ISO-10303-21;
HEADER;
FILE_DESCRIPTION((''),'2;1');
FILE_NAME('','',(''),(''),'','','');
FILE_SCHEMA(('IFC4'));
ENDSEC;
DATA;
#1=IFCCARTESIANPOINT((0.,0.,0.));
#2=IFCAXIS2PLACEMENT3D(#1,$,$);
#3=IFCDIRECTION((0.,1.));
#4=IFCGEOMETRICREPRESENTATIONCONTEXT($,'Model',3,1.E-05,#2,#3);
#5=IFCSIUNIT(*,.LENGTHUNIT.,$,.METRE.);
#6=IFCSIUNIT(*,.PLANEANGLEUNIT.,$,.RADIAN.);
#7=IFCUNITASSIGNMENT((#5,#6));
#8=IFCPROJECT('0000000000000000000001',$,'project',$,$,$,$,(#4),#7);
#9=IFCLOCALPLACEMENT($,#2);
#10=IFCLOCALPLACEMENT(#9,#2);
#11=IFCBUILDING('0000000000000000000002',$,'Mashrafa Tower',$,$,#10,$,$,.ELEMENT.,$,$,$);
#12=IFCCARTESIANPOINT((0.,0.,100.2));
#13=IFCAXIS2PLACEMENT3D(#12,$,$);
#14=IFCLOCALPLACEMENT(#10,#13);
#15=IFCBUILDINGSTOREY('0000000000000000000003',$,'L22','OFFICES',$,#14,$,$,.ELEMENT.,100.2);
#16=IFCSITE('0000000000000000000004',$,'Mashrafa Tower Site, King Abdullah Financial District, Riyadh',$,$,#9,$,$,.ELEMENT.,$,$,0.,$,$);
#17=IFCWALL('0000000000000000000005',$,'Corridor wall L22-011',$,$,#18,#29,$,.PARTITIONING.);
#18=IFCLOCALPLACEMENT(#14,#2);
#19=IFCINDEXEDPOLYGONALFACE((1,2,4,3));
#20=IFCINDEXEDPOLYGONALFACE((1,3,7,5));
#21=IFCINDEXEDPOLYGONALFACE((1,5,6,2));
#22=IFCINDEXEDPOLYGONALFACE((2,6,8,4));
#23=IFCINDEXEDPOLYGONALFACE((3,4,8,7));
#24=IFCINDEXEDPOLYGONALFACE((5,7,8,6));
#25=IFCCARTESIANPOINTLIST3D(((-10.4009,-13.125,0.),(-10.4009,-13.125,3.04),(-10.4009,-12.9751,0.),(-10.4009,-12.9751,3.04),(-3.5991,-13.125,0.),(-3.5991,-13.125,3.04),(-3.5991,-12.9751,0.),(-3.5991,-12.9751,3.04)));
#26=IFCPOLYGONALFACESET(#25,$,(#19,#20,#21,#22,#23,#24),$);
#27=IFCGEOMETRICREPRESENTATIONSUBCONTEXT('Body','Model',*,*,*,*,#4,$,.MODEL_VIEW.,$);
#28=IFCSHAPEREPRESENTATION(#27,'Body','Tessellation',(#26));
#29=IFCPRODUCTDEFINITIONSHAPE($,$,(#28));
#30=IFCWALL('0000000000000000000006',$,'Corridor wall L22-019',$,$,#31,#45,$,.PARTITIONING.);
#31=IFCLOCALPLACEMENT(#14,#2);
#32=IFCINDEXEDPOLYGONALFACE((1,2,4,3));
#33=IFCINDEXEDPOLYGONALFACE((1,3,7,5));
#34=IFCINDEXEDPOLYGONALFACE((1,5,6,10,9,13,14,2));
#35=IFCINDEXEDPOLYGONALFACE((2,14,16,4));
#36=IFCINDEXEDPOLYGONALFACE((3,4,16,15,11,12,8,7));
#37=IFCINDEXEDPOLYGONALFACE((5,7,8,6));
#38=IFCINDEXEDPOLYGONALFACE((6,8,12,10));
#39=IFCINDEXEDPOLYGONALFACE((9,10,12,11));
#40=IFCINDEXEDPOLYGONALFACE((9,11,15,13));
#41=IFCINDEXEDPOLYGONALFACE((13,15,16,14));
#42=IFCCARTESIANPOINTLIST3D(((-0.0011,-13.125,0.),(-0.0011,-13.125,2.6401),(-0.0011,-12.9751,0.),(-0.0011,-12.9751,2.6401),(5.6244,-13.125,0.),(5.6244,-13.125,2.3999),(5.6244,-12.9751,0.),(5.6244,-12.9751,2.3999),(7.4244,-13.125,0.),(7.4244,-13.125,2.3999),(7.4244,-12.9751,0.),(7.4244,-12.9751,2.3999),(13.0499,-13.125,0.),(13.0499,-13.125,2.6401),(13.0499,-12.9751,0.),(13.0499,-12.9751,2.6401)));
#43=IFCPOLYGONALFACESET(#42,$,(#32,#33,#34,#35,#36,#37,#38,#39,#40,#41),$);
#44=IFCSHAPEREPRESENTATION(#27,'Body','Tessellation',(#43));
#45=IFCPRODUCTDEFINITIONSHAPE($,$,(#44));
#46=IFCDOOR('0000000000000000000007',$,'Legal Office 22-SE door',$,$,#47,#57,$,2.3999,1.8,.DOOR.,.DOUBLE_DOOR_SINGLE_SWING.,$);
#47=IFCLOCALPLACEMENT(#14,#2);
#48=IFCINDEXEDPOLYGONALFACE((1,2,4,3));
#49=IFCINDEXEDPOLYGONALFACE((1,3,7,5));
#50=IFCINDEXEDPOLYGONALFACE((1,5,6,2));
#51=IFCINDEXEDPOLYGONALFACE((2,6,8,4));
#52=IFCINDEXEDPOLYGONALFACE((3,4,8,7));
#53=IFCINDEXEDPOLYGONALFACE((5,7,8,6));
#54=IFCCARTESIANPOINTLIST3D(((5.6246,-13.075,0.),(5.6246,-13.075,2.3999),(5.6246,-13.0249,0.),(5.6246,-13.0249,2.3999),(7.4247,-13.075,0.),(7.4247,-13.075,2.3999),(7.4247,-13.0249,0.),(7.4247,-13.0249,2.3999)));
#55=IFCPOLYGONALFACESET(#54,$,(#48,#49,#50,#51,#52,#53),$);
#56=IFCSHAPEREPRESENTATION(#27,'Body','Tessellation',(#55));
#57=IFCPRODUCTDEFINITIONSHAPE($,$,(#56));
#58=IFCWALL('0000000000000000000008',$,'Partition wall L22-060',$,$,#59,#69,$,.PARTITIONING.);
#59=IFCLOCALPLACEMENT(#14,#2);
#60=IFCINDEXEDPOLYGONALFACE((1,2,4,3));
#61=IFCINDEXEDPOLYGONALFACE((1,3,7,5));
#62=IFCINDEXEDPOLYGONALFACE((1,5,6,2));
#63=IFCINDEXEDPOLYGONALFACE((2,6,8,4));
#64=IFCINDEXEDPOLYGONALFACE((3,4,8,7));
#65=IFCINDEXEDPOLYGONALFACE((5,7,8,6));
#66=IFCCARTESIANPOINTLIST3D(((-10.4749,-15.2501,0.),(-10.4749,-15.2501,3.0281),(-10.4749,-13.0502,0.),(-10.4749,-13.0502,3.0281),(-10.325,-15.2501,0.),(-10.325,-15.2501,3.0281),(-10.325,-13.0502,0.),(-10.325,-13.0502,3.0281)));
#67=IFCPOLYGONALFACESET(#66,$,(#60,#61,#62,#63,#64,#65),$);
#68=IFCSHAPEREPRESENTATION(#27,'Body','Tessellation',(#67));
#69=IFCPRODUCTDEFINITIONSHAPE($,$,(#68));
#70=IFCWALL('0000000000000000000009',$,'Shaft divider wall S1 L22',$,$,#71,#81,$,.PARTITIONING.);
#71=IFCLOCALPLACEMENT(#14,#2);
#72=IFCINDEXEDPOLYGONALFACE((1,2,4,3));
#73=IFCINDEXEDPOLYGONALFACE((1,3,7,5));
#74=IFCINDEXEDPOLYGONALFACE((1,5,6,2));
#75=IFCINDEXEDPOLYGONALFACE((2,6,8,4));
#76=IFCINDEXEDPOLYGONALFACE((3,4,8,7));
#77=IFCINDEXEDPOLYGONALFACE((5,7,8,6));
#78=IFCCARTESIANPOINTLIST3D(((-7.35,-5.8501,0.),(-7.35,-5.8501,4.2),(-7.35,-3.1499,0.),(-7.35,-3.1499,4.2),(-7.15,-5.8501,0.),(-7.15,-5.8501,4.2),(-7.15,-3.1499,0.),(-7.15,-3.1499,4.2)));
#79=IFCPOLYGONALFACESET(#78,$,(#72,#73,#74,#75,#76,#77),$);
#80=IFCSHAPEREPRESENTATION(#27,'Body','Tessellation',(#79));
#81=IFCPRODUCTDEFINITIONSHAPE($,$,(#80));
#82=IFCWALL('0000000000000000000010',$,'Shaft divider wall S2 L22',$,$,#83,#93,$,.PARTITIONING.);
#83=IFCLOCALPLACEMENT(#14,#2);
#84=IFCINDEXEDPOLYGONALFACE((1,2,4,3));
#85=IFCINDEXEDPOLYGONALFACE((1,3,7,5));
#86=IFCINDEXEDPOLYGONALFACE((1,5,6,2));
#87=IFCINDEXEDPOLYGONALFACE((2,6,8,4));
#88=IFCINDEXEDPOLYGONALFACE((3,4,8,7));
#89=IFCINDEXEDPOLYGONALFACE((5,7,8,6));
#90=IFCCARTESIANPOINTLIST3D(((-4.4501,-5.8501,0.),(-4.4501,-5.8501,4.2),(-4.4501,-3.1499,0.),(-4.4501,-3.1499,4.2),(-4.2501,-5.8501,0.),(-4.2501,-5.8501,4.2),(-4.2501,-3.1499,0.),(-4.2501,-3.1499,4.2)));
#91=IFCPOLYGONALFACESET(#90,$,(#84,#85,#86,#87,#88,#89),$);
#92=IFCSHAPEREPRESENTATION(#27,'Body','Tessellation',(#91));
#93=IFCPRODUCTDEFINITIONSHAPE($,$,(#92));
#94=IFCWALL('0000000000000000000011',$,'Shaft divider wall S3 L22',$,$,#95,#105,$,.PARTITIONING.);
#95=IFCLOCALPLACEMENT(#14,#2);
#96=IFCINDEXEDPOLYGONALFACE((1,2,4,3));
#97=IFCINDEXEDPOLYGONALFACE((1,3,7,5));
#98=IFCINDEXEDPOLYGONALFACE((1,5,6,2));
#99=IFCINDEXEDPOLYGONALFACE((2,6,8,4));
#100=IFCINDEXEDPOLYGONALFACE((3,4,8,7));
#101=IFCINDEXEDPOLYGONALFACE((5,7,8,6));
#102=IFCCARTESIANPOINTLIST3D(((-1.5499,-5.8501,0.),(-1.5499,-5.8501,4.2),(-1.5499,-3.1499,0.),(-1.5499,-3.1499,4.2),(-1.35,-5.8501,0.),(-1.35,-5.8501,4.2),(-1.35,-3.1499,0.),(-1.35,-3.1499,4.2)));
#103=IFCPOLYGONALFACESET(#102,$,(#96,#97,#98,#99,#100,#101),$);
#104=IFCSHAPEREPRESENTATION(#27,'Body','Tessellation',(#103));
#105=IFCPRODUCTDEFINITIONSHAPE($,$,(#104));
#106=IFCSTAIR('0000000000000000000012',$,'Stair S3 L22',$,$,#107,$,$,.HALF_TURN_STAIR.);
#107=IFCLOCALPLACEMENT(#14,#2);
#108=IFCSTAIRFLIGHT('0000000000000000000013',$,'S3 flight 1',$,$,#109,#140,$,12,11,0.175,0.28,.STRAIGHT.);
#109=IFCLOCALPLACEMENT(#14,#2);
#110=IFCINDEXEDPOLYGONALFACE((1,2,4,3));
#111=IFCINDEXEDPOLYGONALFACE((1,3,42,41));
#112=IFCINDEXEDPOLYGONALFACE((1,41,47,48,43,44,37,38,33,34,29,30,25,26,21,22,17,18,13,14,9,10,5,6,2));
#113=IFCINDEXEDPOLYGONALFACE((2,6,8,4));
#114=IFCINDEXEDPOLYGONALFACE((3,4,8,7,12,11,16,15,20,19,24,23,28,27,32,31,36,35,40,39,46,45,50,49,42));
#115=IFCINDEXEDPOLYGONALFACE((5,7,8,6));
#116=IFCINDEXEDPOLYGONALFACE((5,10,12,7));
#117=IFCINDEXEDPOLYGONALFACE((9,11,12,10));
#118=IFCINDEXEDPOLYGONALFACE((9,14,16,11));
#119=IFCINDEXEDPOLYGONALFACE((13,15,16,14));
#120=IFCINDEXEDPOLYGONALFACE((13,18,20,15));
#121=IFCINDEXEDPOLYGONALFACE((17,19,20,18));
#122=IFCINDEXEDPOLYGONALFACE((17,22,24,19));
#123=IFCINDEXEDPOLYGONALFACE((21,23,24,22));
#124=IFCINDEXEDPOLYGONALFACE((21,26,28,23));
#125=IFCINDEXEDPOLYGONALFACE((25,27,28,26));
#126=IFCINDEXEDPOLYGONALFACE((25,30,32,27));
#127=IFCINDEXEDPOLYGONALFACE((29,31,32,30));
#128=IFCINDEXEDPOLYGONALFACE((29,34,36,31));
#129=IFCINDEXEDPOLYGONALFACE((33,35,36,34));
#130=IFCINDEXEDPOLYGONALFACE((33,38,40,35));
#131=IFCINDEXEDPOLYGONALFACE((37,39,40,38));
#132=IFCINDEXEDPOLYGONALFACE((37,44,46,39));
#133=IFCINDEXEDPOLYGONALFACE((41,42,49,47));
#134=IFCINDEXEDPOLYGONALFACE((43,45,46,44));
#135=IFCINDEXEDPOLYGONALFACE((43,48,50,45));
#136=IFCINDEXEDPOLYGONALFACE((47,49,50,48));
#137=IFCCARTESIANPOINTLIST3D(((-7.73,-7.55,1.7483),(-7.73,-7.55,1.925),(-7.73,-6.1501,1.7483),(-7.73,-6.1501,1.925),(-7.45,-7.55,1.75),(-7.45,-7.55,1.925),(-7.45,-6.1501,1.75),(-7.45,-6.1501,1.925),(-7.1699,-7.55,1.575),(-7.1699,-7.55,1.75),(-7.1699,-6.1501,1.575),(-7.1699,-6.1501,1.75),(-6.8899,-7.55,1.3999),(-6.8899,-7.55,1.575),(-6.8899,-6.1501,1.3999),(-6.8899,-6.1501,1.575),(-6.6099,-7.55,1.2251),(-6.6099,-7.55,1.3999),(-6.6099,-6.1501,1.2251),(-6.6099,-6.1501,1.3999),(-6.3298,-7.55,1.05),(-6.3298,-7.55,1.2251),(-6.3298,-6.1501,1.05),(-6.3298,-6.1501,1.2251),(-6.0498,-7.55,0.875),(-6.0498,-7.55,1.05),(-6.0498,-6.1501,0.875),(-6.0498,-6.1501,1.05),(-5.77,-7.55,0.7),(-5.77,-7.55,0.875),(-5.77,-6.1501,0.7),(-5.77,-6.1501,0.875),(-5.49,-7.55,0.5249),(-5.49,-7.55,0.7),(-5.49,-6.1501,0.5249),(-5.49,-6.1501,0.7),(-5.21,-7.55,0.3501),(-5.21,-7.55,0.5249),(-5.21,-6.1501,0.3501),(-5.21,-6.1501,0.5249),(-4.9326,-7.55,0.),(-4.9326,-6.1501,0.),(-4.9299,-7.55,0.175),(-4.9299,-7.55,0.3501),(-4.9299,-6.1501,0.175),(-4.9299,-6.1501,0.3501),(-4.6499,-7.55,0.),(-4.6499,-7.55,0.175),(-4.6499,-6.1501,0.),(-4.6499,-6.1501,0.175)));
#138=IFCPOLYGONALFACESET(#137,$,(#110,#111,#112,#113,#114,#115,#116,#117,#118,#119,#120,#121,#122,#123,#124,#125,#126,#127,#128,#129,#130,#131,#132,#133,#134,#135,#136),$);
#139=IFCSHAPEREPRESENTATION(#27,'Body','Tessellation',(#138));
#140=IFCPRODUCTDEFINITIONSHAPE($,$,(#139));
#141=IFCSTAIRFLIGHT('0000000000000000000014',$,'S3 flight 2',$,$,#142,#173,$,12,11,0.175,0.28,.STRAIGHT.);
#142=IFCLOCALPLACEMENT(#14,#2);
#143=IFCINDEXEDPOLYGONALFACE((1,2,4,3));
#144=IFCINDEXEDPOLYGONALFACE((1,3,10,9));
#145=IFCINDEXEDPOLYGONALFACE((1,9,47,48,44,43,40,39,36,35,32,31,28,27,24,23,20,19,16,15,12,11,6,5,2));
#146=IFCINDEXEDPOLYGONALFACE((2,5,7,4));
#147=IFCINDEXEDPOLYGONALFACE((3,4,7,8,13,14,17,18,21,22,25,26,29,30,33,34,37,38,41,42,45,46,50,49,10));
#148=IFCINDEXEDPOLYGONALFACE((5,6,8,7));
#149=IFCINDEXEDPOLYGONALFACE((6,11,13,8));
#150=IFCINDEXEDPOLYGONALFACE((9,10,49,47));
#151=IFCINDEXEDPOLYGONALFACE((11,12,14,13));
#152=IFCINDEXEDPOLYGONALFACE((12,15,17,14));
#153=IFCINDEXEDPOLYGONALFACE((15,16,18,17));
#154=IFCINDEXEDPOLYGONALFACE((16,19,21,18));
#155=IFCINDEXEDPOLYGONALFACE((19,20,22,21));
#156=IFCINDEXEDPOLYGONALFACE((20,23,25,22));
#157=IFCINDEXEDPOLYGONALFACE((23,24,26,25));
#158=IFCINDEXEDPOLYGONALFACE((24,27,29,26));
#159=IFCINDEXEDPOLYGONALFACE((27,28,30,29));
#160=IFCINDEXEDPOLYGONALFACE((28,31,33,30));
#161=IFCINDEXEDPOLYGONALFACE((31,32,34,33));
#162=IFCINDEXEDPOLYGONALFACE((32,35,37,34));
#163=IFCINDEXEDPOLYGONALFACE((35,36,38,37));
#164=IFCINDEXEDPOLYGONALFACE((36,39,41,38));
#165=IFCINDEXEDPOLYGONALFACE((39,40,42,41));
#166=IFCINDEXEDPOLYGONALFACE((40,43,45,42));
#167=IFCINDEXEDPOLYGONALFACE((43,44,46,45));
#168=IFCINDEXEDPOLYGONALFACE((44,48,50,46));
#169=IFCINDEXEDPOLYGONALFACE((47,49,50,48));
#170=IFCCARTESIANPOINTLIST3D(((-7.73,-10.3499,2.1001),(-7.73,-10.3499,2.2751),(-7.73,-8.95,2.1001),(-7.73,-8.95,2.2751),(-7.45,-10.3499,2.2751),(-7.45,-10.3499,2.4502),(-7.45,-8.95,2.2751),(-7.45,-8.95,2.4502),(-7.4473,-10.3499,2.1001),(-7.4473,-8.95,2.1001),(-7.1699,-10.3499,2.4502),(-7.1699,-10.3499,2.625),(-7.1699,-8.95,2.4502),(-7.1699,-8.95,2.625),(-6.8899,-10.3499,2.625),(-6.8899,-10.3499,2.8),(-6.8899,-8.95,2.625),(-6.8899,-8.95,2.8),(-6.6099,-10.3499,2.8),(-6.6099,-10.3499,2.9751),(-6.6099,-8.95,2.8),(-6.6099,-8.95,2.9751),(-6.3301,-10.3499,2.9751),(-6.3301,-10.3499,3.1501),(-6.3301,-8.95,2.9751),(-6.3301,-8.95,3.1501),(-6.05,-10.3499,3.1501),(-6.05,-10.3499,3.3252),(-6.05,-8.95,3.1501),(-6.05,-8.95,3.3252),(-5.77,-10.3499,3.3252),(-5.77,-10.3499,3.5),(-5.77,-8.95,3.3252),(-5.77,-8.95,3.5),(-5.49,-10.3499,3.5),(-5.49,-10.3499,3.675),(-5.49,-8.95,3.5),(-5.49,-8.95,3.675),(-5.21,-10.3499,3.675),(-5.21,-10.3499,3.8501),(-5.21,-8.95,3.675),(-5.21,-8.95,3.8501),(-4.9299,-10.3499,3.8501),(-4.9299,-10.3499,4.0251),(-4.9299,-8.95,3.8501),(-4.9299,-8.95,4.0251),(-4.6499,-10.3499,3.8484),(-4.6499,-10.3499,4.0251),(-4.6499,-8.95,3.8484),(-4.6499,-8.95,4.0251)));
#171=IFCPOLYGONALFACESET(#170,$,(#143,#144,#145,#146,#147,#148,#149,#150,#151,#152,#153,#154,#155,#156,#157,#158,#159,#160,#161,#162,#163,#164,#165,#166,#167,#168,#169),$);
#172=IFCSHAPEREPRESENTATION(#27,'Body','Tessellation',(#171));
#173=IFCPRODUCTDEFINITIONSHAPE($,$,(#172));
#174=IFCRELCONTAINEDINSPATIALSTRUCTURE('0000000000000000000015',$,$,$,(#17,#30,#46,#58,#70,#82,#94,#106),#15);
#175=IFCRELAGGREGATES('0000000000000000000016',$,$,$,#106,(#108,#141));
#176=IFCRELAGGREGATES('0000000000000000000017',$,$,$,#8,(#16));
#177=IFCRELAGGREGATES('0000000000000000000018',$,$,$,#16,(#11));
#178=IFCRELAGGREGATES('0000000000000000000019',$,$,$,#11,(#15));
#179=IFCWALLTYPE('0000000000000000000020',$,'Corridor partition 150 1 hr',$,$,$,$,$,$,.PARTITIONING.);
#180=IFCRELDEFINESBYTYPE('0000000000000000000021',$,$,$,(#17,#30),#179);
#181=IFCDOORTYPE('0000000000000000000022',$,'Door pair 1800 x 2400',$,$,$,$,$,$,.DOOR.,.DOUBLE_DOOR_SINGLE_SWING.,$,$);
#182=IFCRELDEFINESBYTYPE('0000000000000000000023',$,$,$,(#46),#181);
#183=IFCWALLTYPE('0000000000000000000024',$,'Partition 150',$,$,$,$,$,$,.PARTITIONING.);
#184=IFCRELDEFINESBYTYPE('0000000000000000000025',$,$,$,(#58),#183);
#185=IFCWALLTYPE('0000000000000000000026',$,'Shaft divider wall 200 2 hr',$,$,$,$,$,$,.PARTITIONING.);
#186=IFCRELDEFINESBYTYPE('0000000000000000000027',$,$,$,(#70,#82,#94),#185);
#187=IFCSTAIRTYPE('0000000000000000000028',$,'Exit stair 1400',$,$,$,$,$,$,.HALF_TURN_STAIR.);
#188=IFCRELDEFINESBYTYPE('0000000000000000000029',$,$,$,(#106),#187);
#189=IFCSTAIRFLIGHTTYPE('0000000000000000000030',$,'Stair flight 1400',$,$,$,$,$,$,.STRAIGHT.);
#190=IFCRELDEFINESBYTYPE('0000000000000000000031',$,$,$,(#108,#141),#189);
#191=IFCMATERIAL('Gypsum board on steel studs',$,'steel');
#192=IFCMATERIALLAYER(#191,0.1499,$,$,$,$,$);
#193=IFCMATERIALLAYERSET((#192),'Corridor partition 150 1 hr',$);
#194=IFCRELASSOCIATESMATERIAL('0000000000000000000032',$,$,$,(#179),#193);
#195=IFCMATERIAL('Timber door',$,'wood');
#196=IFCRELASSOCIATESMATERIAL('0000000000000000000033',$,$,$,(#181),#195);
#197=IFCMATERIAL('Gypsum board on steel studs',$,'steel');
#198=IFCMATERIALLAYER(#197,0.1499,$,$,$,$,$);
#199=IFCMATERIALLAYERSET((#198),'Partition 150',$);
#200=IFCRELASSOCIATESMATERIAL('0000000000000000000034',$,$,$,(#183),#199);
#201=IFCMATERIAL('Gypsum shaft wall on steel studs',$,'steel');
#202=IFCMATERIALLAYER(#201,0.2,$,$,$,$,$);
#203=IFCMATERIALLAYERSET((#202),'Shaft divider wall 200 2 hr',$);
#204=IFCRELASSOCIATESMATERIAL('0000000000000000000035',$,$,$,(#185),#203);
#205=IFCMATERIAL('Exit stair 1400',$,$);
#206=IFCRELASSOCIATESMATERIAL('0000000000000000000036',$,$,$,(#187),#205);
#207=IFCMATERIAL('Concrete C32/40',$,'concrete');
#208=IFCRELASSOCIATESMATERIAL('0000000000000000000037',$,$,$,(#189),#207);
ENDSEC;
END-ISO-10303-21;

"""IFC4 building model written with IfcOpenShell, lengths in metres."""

from ifc_helpers import new_model, si_unit, direction, frame, frame_2d, origin, place, context, subcontext, project, spatial, polyline, rectangle, outline, extrude, material, layer, layer_set, type_object, element, fill, aggregate, save


model = new_model("IFC4")

# Units and contexts
model_context = context("Model", 3, precision=1e-05, world=origin(), true_north=direction((0.0, 1.0)))
body_context = subcontext(model_context, "Body", "Model", "MODEL_VIEW")
ifc_project = project(units=[si_unit("LENGTHUNIT", "METRE"), si_unit("PLANEANGLEUNIT", "RADIAN")], contexts=[model_context])

# Site, building, storey
site_placement = place(None, origin())
site = spatial("IfcSite", under=ifc_project, at=site_placement, Name="Mashrafa Tower Site, King Abdullah Financial District, Riyadh", CompositionType="ELEMENT", RefElevation=0.0)
building_placement = place(site_placement, origin())
building = spatial("IfcBuilding", under=site, at=building_placement, Name="Mashrafa Tower", CompositionType="ELEMENT")
storey_placement = place(building_placement, frame((0.0, 0.0, 100.2)))
storey = spatial("IfcBuildingStorey", under=building, at=storey_placement, Name="L22", Description="OFFICES", CompositionType="ELEMENT", Elevation=100.2)

# Wall
ifc_material_1 = material(Name="Gypsum board on steel studs", Category="steel")
ifc_layer_1 = layer(ifc_material_1, 0.1499)
ifc_layer_set_1 = layer_set([ifc_layer_1], Name="Corridor partition 150 1 hr")
wall_type_1 = type_object("IfcWallType", Name="Corridor partition 150 1 hr", PredefinedType="PARTITIONING", material=ifc_layer_set_1)
wall_1_placement = place(storey_placement, frame((-10.4009, -13.05, 0.0), z_axis=(0.0, 0.0, 1.0), x_axis=(1.0, 0.0, 0.0)))
element("IfcWall", 1, at=wall_1_placement, inside=storey, type_object=wall_type_1, Name="Corridor wall L22-011", PredefinedType="PARTITIONING", context=body_context, shape_type="SweptSolid", body=[
    extrude(rectangle(XDim=6.8018, YDim=0.1499, at=frame_2d((3.4009, 0.0))), origin(), (0.0, 0.0, 1.0), 3.04),
])

# Wall, opening, door
ifc_material_2 = material(Name="Timber door", Category="wood")
door_type_1 = type_object("IfcDoorType", Name="Door pair 1800 x 2400", OperationType="DOUBLE_DOOR_SINGLE_SWING", PredefinedType="DOOR", material=ifc_material_2)
wall_2_placement = place(storey_placement, frame((-0.001, -13.05, 0.0), z_axis=(0.0, 0.0, 1.0), x_axis=(1.0, 0.0, 0.0)))
wall_2 = element("IfcWall", 2, at=wall_2_placement, inside=storey, type_object=wall_type_1, Name="Corridor wall L22-019", PredefinedType="PARTITIONING", context=body_context, shape_type="SweptSolid", body=[
    extrude(rectangle(XDim=13.051, YDim=0.1499, at=frame_2d((6.5254, 0.0))), origin(), (0.0, 0.0, 1.0), 2.6401),
])
opening_1_placement = place(wall_2_placement, frame((5.6255, 0.0, 0.0)))
opening_1 = element("IfcOpeningElement", 3, at=opening_1_placement, cuts=wall_2, PredefinedType="OPENING", context=body_context, shape_type="SweptSolid", body=[
    extrude(rectangle(XDim=1.8, YDim=2.3999, at=frame_2d((0.8999, 1.2))), frame((0.0, 0.085, 0.0), z_axis=(0.0, -1.0, 0.0), x_axis=(1.0, 0.0, 0.0)), (0.0, 0.0, 1.0), 0.1699),
])
door_1_placement = place(opening_1_placement, frame((1.8, 0.0, 0.0), z_axis=(0.0, 0.0, 1.0), x_axis=(-1.0, 0.0, 0.0)))
door_1 = element("IfcDoor", 4, at=door_1_placement, inside=storey, type_object=door_type_1, Name="Legal Office 22-SE door", OperationType="DOUBLE_DOOR_SINGLE_SWING", OverallHeight=2.3999, OverallWidth=1.8, PredefinedType="DOOR", context=body_context, shape_type="SweptSolid", body=[
    extrude(rectangle(XDim=1.8, YDim=2.3999, at=frame_2d((0.8999, 1.2))), frame((0.0, 0.0249, 0.0), z_axis=(0.0, -1.0, 0.0), x_axis=(1.0, 0.0, 0.0)), (0.0, 0.0, 1.0), 0.05),
])
fill(opening_1, door_1)

# Walls
ifc_material_3 = material(Name="Gypsum board on steel studs", Category="steel")
ifc_layer_2 = layer(ifc_material_3, 0.1499)
ifc_layer_set_2 = layer_set([ifc_layer_2], Name="Partition 150")
wall_type_2 = type_object("IfcWallType", Name="Partition 150", PredefinedType="PARTITIONING", material=ifc_layer_set_2)
wall_3_placement = place(storey_placement, frame((-10.3999, -13.05, 0.0), z_axis=(0.0, 0.0, 1.0), x_axis=(0.0, -1.0, 0.0)))
element("IfcWall", 5, at=wall_3_placement, inside=storey, type_object=wall_type_2, Name="Partition wall L22-060", PredefinedType="PARTITIONING", context=body_context, shape_type="SweptSolid", body=[
    extrude(rectangle(XDim=2.2, YDim=0.1499, at=frame_2d((1.1001, 0.0))), origin(), (0.0, 0.0, 1.0), 3.0281),
])
ifc_material_4 = material(Name="Gypsum shaft wall on steel studs", Category="steel")
ifc_layer_3 = layer(ifc_material_4, 0.2)
ifc_layer_set_3 = layer_set([ifc_layer_3], Name="Shaft divider wall 200 2 hr")
wall_type_3 = type_object("IfcWallType", Name="Shaft divider wall 200 2 hr", PredefinedType="PARTITIONING", material=ifc_layer_set_3)
for number, where, z_axis, x_axis, name in (
    (6, (-7.25, -5.8501, 0.0), (0.0, 0.0, 1.0), (0.0, 1.0, 0.0), "Shaft divider wall S1 L22"),
    (7, (-4.3501, -5.8501, 0.0), (0.0, 0.0, 1.0), (0.0, 1.0, 0.0), "Shaft divider wall S2 L22"),
    (8, (-1.45, -5.8501, 0.0), (0.0, 0.0, 1.0), (0.0, 1.0, 0.0), "Shaft divider wall S3 L22"),
):
    element("IfcWall", number, at=place(storey_placement, frame(where, z_axis=z_axis, x_axis=x_axis)), inside=storey, type_object=wall_type_3, Name=name, PredefinedType="PARTITIONING", context=body_context, shape_type="SweptSolid", body=[
        extrude(rectangle(XDim=2.7002, YDim=0.2, at=frame_2d((1.3501, 0.0))), origin(), (0.0, 0.0, 1.0), 4.2),
    ])

# Stair, stair flights
ifc_material_5 = material(Name="Exit stair 1400")
stair_type = type_object("IfcStairType", Name="Exit stair 1400", PredefinedType="HALF_TURN_STAIR", material=ifc_material_5)
stair_placement = place(storey_placement, origin())
stair = element("IfcStair", 9, at=stair_placement, inside=storey, type_object=stair_type, Name="Stair S3 L22", PredefinedType="HALF_TURN_STAIR")
ifc_material_6 = material(Name="Concrete C32/40", Category="concrete")
stair_flight_type = type_object("IfcStairFlightType", Name="Stair flight 1400", PredefinedType="STRAIGHT", material=ifc_material_6)
stair_flight_1_placement = place(storey_placement, frame((-4.6499, -6.8501, 0.0), z_axis=(0.0, 0.0, 1.0), x_axis=(-1.0, 0.0, 0.0)))
stair_flight_1 = element("IfcStairFlight", 10, at=stair_flight_1_placement, type_object=stair_flight_type, Name="S3 flight 1", NumberOfRisers=12, NumberOfTreads=11, PredefinedType="STRAIGHT", RiserHeight=0.175, TreadLength=0.28, context=body_context, shape_type="SweptSolid", body=[
    extrude(outline(polyline([(0.0, 0.0), (0.0, 0.175), (0.28, 0.175), (0.28, 0.3501), (0.5601, 0.3501), (0.5601, 0.5249), (0.8401, 0.5249), (0.8401, 0.7), (1.1201, 0.7), (1.1201, 0.875), (1.3999, 0.875), (1.3999, 1.05), (1.6799, 1.05), (1.6799, 1.2251), (1.96, 1.2251), (1.96, 1.3999), (2.24, 1.3999), (2.24, 1.575), (2.52, 1.575), (2.52, 1.75), (2.8, 1.75), (2.8, 1.925), (3.0801, 1.925), (3.0801, 2.1001), (3.0801, 1.7483), (0.2827, 0.0), (0.0, 0.0)])), frame((0.0, 0.7, 0.0), z_axis=(0.0, -1.0, 0.0), x_axis=(1.0, 0.0, 0.0)), (0.0, 0.0, 1.0), 1.3999),
])
stair_flight_2_placement = place(storey_placement, frame((-7.73, -9.6499, 2.1001), z_axis=(0.0, 0.0, 1.0), x_axis=(1.0, 0.0, 0.0)))
stair_flight_2 = element("IfcStairFlight", 11, at=stair_flight_2_placement, type_object=stair_flight_type, Name="S3 flight 2", NumberOfRisers=12, NumberOfTreads=11, PredefinedType="STRAIGHT", RiserHeight=0.175, TreadLength=0.28, context=body_context, shape_type="SweptSolid", body=[
    extrude(outline(polyline([(0.0, 0.0), (0.0, 0.175), (0.28, 0.175), (0.28, 0.3501), (0.5601, 0.3501), (0.5601, 0.5249), (0.8401, 0.5249), (0.8401, 0.7), (1.1201, 0.7), (1.1201, 0.875), (1.3999, 0.875), (1.3999, 1.05), (1.6799, 1.05), (1.6799, 1.2251), (1.96, 1.2251), (1.96, 1.3999), (2.24, 1.3999), (2.24, 1.575), (2.52, 1.575), (2.52, 1.75), (2.8, 1.75), (2.8, 1.925), (3.0801, 1.925), (3.0801, 2.1001), (3.0801, 1.7483), (0.2827, 0.0), (0.0, 0.0)])), frame((0.0, 0.7, 0.0), z_axis=(0.0, -1.0, 0.0), x_axis=(1.0, 0.0, 0.0)), (0.0, 0.0, 1.0), 1.3999),
])
aggregate(stair, [stair_flight_1, stair_flight_2])

save(model, "model.ifc")
